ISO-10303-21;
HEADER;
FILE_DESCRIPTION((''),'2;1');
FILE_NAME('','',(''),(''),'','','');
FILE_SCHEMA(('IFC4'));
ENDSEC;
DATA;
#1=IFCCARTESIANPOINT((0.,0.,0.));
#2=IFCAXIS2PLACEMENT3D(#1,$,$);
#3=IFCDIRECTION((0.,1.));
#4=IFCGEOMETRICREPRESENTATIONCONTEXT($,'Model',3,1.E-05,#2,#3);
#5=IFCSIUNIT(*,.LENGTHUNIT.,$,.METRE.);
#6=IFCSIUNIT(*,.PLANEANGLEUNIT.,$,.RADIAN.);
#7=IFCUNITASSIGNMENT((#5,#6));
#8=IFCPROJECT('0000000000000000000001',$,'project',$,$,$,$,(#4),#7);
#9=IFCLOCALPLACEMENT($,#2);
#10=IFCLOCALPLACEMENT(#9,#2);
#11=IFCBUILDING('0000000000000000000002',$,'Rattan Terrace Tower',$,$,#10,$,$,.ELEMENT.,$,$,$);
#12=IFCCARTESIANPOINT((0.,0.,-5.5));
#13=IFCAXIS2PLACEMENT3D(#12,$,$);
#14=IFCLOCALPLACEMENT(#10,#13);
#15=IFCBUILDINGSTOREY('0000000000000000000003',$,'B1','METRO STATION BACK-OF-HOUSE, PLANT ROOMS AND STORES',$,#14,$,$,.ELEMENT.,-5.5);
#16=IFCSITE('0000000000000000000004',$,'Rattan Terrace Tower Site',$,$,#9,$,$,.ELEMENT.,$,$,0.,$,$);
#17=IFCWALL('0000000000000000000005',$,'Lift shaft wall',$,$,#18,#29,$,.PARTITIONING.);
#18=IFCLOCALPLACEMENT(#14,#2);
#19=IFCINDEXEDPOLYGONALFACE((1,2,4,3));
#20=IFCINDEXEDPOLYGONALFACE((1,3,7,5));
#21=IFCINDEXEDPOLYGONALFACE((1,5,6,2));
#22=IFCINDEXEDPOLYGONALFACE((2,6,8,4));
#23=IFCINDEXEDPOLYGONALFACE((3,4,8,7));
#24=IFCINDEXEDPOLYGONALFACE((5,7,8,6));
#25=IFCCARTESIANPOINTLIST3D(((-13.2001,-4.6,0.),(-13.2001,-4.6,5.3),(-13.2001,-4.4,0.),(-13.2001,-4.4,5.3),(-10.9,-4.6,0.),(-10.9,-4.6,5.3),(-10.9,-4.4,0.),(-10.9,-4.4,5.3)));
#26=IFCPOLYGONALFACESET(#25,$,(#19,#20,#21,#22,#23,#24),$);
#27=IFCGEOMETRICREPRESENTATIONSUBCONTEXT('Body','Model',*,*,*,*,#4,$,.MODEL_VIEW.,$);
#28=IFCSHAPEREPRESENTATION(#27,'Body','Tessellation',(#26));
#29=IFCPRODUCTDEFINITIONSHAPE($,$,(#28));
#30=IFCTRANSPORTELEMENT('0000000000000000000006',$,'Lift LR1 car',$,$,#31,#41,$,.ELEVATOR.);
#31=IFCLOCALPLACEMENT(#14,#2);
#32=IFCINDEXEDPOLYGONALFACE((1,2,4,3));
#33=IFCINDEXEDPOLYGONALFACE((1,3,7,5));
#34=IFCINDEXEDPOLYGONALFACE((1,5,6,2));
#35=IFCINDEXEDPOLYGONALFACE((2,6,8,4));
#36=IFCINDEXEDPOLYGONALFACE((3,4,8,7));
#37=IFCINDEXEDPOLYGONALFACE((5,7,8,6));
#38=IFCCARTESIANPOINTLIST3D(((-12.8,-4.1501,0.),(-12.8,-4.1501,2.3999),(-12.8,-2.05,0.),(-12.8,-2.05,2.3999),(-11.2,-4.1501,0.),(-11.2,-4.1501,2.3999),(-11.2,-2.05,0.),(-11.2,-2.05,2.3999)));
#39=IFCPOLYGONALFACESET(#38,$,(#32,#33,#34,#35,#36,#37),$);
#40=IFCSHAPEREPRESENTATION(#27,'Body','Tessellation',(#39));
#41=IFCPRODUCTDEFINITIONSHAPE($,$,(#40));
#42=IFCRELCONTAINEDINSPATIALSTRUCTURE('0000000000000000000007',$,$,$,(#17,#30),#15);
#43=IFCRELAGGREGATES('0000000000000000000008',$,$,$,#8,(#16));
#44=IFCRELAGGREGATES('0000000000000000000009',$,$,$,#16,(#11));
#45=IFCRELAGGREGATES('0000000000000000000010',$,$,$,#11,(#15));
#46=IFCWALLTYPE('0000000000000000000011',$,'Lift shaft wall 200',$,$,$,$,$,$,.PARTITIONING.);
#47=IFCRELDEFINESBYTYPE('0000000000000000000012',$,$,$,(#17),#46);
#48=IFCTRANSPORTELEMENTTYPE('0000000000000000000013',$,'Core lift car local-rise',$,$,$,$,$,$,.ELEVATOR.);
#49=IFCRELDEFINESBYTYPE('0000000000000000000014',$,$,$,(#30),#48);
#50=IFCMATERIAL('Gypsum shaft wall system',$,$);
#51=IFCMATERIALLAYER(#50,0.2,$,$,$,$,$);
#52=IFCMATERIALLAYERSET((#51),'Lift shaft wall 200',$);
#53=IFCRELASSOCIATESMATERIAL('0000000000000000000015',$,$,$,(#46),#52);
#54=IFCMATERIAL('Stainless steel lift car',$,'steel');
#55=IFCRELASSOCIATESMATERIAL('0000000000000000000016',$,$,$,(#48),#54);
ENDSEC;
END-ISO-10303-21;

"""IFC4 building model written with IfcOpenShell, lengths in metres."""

from ifc_helpers import new_model, si_unit, direction, frame, frame_2d, origin, origin_2d, place, context, subcontext, project, spatial, rectangle, extrude, material, layer, layer_set, type_object, element, save


model = new_model("IFC4")

# Units and contexts
model_context = context("Model", 3, precision=1e-05, world=origin(), true_north=direction((0.0, 1.0)))
body_context = subcontext(model_context, "Body", "Model", "MODEL_VIEW")
ifc_project = project(units=[si_unit("LENGTHUNIT", "METRE"), si_unit("PLANEANGLEUNIT", "RADIAN")], contexts=[model_context])

# Site, building, storey
site_placement = place(None, origin())
site = spatial("IfcSite", under=ifc_project, at=site_placement, Name="Rattan Terrace Tower Site", CompositionType="ELEMENT", RefElevation=0.0)
building_placement = place(site_placement, origin())
building = spatial("IfcBuilding", under=site, at=building_placement, Name="Rattan Terrace Tower", CompositionType="ELEMENT")
storey_placement = place(building_placement, frame((0.0, 0.0, -5.5)))
storey = spatial("IfcBuildingStorey", under=building, at=storey_placement, Name="B1", Description="METRO STATION BACK-OF-HOUSE, PLANT ROOMS AND STORES", CompositionType="ELEMENT", Elevation=-5.5)

# Wall
ifc_material_1 = material(Name="Gypsum shaft wall system")
ifc_layer_1 = layer(ifc_material_1, 0.2)
ifc_layer_set_1 = layer_set([ifc_layer_1], Name="Lift shaft wall 200")
wall_type_1 = type_object("IfcWallType", Name="Lift shaft wall 200", PredefinedType="PARTITIONING", material=ifc_layer_set_1)
wall_1_placement = place(storey_placement, frame((-13.2, -4.5, 0.0), z_axis=(0.0, 0.0, 1.0), x_axis=(1.0, 0.0, 0.0)))
element("IfcWall", 1, at=wall_1_placement, inside=storey, type_object=wall_type_1, Name="Lift shaft wall", PredefinedType="PARTITIONING", context=body_context, shape_type="SweptSolid", body=[
    extrude(rectangle(XDim=2.3, YDim=0.2, at=frame_2d((1.1499, 0.0))), origin(), (0.0, 0.0, 1.0), 5.3),
])

# Transport element
ifc_material_2 = material(Name="Stainless steel lift car", Category="steel")
transport_element_type = type_object("IfcTransportElementType", Name="Core lift car local-rise", PredefinedType="ELEVATOR", material=ifc_material_2)
transport_element_placement = place(storey_placement, frame((-12.0, -3.1001, 0.0), z_axis=(0.0, 0.0, 1.0), x_axis=(1.0, 0.0, 0.0)))
element("IfcTransportElement", 2, at=transport_element_placement, inside=storey, type_object=transport_element_type, Name="Lift LR1 car", PredefinedType="ELEVATOR", context=body_context, shape_type="SweptSolid", body=[
    extrude(rectangle(XDim=1.6001, YDim=2.1001, at=origin_2d()), origin(), (0.0, 0.0, 1.0), 2.3999),
])

save(model, "model.ifc")
